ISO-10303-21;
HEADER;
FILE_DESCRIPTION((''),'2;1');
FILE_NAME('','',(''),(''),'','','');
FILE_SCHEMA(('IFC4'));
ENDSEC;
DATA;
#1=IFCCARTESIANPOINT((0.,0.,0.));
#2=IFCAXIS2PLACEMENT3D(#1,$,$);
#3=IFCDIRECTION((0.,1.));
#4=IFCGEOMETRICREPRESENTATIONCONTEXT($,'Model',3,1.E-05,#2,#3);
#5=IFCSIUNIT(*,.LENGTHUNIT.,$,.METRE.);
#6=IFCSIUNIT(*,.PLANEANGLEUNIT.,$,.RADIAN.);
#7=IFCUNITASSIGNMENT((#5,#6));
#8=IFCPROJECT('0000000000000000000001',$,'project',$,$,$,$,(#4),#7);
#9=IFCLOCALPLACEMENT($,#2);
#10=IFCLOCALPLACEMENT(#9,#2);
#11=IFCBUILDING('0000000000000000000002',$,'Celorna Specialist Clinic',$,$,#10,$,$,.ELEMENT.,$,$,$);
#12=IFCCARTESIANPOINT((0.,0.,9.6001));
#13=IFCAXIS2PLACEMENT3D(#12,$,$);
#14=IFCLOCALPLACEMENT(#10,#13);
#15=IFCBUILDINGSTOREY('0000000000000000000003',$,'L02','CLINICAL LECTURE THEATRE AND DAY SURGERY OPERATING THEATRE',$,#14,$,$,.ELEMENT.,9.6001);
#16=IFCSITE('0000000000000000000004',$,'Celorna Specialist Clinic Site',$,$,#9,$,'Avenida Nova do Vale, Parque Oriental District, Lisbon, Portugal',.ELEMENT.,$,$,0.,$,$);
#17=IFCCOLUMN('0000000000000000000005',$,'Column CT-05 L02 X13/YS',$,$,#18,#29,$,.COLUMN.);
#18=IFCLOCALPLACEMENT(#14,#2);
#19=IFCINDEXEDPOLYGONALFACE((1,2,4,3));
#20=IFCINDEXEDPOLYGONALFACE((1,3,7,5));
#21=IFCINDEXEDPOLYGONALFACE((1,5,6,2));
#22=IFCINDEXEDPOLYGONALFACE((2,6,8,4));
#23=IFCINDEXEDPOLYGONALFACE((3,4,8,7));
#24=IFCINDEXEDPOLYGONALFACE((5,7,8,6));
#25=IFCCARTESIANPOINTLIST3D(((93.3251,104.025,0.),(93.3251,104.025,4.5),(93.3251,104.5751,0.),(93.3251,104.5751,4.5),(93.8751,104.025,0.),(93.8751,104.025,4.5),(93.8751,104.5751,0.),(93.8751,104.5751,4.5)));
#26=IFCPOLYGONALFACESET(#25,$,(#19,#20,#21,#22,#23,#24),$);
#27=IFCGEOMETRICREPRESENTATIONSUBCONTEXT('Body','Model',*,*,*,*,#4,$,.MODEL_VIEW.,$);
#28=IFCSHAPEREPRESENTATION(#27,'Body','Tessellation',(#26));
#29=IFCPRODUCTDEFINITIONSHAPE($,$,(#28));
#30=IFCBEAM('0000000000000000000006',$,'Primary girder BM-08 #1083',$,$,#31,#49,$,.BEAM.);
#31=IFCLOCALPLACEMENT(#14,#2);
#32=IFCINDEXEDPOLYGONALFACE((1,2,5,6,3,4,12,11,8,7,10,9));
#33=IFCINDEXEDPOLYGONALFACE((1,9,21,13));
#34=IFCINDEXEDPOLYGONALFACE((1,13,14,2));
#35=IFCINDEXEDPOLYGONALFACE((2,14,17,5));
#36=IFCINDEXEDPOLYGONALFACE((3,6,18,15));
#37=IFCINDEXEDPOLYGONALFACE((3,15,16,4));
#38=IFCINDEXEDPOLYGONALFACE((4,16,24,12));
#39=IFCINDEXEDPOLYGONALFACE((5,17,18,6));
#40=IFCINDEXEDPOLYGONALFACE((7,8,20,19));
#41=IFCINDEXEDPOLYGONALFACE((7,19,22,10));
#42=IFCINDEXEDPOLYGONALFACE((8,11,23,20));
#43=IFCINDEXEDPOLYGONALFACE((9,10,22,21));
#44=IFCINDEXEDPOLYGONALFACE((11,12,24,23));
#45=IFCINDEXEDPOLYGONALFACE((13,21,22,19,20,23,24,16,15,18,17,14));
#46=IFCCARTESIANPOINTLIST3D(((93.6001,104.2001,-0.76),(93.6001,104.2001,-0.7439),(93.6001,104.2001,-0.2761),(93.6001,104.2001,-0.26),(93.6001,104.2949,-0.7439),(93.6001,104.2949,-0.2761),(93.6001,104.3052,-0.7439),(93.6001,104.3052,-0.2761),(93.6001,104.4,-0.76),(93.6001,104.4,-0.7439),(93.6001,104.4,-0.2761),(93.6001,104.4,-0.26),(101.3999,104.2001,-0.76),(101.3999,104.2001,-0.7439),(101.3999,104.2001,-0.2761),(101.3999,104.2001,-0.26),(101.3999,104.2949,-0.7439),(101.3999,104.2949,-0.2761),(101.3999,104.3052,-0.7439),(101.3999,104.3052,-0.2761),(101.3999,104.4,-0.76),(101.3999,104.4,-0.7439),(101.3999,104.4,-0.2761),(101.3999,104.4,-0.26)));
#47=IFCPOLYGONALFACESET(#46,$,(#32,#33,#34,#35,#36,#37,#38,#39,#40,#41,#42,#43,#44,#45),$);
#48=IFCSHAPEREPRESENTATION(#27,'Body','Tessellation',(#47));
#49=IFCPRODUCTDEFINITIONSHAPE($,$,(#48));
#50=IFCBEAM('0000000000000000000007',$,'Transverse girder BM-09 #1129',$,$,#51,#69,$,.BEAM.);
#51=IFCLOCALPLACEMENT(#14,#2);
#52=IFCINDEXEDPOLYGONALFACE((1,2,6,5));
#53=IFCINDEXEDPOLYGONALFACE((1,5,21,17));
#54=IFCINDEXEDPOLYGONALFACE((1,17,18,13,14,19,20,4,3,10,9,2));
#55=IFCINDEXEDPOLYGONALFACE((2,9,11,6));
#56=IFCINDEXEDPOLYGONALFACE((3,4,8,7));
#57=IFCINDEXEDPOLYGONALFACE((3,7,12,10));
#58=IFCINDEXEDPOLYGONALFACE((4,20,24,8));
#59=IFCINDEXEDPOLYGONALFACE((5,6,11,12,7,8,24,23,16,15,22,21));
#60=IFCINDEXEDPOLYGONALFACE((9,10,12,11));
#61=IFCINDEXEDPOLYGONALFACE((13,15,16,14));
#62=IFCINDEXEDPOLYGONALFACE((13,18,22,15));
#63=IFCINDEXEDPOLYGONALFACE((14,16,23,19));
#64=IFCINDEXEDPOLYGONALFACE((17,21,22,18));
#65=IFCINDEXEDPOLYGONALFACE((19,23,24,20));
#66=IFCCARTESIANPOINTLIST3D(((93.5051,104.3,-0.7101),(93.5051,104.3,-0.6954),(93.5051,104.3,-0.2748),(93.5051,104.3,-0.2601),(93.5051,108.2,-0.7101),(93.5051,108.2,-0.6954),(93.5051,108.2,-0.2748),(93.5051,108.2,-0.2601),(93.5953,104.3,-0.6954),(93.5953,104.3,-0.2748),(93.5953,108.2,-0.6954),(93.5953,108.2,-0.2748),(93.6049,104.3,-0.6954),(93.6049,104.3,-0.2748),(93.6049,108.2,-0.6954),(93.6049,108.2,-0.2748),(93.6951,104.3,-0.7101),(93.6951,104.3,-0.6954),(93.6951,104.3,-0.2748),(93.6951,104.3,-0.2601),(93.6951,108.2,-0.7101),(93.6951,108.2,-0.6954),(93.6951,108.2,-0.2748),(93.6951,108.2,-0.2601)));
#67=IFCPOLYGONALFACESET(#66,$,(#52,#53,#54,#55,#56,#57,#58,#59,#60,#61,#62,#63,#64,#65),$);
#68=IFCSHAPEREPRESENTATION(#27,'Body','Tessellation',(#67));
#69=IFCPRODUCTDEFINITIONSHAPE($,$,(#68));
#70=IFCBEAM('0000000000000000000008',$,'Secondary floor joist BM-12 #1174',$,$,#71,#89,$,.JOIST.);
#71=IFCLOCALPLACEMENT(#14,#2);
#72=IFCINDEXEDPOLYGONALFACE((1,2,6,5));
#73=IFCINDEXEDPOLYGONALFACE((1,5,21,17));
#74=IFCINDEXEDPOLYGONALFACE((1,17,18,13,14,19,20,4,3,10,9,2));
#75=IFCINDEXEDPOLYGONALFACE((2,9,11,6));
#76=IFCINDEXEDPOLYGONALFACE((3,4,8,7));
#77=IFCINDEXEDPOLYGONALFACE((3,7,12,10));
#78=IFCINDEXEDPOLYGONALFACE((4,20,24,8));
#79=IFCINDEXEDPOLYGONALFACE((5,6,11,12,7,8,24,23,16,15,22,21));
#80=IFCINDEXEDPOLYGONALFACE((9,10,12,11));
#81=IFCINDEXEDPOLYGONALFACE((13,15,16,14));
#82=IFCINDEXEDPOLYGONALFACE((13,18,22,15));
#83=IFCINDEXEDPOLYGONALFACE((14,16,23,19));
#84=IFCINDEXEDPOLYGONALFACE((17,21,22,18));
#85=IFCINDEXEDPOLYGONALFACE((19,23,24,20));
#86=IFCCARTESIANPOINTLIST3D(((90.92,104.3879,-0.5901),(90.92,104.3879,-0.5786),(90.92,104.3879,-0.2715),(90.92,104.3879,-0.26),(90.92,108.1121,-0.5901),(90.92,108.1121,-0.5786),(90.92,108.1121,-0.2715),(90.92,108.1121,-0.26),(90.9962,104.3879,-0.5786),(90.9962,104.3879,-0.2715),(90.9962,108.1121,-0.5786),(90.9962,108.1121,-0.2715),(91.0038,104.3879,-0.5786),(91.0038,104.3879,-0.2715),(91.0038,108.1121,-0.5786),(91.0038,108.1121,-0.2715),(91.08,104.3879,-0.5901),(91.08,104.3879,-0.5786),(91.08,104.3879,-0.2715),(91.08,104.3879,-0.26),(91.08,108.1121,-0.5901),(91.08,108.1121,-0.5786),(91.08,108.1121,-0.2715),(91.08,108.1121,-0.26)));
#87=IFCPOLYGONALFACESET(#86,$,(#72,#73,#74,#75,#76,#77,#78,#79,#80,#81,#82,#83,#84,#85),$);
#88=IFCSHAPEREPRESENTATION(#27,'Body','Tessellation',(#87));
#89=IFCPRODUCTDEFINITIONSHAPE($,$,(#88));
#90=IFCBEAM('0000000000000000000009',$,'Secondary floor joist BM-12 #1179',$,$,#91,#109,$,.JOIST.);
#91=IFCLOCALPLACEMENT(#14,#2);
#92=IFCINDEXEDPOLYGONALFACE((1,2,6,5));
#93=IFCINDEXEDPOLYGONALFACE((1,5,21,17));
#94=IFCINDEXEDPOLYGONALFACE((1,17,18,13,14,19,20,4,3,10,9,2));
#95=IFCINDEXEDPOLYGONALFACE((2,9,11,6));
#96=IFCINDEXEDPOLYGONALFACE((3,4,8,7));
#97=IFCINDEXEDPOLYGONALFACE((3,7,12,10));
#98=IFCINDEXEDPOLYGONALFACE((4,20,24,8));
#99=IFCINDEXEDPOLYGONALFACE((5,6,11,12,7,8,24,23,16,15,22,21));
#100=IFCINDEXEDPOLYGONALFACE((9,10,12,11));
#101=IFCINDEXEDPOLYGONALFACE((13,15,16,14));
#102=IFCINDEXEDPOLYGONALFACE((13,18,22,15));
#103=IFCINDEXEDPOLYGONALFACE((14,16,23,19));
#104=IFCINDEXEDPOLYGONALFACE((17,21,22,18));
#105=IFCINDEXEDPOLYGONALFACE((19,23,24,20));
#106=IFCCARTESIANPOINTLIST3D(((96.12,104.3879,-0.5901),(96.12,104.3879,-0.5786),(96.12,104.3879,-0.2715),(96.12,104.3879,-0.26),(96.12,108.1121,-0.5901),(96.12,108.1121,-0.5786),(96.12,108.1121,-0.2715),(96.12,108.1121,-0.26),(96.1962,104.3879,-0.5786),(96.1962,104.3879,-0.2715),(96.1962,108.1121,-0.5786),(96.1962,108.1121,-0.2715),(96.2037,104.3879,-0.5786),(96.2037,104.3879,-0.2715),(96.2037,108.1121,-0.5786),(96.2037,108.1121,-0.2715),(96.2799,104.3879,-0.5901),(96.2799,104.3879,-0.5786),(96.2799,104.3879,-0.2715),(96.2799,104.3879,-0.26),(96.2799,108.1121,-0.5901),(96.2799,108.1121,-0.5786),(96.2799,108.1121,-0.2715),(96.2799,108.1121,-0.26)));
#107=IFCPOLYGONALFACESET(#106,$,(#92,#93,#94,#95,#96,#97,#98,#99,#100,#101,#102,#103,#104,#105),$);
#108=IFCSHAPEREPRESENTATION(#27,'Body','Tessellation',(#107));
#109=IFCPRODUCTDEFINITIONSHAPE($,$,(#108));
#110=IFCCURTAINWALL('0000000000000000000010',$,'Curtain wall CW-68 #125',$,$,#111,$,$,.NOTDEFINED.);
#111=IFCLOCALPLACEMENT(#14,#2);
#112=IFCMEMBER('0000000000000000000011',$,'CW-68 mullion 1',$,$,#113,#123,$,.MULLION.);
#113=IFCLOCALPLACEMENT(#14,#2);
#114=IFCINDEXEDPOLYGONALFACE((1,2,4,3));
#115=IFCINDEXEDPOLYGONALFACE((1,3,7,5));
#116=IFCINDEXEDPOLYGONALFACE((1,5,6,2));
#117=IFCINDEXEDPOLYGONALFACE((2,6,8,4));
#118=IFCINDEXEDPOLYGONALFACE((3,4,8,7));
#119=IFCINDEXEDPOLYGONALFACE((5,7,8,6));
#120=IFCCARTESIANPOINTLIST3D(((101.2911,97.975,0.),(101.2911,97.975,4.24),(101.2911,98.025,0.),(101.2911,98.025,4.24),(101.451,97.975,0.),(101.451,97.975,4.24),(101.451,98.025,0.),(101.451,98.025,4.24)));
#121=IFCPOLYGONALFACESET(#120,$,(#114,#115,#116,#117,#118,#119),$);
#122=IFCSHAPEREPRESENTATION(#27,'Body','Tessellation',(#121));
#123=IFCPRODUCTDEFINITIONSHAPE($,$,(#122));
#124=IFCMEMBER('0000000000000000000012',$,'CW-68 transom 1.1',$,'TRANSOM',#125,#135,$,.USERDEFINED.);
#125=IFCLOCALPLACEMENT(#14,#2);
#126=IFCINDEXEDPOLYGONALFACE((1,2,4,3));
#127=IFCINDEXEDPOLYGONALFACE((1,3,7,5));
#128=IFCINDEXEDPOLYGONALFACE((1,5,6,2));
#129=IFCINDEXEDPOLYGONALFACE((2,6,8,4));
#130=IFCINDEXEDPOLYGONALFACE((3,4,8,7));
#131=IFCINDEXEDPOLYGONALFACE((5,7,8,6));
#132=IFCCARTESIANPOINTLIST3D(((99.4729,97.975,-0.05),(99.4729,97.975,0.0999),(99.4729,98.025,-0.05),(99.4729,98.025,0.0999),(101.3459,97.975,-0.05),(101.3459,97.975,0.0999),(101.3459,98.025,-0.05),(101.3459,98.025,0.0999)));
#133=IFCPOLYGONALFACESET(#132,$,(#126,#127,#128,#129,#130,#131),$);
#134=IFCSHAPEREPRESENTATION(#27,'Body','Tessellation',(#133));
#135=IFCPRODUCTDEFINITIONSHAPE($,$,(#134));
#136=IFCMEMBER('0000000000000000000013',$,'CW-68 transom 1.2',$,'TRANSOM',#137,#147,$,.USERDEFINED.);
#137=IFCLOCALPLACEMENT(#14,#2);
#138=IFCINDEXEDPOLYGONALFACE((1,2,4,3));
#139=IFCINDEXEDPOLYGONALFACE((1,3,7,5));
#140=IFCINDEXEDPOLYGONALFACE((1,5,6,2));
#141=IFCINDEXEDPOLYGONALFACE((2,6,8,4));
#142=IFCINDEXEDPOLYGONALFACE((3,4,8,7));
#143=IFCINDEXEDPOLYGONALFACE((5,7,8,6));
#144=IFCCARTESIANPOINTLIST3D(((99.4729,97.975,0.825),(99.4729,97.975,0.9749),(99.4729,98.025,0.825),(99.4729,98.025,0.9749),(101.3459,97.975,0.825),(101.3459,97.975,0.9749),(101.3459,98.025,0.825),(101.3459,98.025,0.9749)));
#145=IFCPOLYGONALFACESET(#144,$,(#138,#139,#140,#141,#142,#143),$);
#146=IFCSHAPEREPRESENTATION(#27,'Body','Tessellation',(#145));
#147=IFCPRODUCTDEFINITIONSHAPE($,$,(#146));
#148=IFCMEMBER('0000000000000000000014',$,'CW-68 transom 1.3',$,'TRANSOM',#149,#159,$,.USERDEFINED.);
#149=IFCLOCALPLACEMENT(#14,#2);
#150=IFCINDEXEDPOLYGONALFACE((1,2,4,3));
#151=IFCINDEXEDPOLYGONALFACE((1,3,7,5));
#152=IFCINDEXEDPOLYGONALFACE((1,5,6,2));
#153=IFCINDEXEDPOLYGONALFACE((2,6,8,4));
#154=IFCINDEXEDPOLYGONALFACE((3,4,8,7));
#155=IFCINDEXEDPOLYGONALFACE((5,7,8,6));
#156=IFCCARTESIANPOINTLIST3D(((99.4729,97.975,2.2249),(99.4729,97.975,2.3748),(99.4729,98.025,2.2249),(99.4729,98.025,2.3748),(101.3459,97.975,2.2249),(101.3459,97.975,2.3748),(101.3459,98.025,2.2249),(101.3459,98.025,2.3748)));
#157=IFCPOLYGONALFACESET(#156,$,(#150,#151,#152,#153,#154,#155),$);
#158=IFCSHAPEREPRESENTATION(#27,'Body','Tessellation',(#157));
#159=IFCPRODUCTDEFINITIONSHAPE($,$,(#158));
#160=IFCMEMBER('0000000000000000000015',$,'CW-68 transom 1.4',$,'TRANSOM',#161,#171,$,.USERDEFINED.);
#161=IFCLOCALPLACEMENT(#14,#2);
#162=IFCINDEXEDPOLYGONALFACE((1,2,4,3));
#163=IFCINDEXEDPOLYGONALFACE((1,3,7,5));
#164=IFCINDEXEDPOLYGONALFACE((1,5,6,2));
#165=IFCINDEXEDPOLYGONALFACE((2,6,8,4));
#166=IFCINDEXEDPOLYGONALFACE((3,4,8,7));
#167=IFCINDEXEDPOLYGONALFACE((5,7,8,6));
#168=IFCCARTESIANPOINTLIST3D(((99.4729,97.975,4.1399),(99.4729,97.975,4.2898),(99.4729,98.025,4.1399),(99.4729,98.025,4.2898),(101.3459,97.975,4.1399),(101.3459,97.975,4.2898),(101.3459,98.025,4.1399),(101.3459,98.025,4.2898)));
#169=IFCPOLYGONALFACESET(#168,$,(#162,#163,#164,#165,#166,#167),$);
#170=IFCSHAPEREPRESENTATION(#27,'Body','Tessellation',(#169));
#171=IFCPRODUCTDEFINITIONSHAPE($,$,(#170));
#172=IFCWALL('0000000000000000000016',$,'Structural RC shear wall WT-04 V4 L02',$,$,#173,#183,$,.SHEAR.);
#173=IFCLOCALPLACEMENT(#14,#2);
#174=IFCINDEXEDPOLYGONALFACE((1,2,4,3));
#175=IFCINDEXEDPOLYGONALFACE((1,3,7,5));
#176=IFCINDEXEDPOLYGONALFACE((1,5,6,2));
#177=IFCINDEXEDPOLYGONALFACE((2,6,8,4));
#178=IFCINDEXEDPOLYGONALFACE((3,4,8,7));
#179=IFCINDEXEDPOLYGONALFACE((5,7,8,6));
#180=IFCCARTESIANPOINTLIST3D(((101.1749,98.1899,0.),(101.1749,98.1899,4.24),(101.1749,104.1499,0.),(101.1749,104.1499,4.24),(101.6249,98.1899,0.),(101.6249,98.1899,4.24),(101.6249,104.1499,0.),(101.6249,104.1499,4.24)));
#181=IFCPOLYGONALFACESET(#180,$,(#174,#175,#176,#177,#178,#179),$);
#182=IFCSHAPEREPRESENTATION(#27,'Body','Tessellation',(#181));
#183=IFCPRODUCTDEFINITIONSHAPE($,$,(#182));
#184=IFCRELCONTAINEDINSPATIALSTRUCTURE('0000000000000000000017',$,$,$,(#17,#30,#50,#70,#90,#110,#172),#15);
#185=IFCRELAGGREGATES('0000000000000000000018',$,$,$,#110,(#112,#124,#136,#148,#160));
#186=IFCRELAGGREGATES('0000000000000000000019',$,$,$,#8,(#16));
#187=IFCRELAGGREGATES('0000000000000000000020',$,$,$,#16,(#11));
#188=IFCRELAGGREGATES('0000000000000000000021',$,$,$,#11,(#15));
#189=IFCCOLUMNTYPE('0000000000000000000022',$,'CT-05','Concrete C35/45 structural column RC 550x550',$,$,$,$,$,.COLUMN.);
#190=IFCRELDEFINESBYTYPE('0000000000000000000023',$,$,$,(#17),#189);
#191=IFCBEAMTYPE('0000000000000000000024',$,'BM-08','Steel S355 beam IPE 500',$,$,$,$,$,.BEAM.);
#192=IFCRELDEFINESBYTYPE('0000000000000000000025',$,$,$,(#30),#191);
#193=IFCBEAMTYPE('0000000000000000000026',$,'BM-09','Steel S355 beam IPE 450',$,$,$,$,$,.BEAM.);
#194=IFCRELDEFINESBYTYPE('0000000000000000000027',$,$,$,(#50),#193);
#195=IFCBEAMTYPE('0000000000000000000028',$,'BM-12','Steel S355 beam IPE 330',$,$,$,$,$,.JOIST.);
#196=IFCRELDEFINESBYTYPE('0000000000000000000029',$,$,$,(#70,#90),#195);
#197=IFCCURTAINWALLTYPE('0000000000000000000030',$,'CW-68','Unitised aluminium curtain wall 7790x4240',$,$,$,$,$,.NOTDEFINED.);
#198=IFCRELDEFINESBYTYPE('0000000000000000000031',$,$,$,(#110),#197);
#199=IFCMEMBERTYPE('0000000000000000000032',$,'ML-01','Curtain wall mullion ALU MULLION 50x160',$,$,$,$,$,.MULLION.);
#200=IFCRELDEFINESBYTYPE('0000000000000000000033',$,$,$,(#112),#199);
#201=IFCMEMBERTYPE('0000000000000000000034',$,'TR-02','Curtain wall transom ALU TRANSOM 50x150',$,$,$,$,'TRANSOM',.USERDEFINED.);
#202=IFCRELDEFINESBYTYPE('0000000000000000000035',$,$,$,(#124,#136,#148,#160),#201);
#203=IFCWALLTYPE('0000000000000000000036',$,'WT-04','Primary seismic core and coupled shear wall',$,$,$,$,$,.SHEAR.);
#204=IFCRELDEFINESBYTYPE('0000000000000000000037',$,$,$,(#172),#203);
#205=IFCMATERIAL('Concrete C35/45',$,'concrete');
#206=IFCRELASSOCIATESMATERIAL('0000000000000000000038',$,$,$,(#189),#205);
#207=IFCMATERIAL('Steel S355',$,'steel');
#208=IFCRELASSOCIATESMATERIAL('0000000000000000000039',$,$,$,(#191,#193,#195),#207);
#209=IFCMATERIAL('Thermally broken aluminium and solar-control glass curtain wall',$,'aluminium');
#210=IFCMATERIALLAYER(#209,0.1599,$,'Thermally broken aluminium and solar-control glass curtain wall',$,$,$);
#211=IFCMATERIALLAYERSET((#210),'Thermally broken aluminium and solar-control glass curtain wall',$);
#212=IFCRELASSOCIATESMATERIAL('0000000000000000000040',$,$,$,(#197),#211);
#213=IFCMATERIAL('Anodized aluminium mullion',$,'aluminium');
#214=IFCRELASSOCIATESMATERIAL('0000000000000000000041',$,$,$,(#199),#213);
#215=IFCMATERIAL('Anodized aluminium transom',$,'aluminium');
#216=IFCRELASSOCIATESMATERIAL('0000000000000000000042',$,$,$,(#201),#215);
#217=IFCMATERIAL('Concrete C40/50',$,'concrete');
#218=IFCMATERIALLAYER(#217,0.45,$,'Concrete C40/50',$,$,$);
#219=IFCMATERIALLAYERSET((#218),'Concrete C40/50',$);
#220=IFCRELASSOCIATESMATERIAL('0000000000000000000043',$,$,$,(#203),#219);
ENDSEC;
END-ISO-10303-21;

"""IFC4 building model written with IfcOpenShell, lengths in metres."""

from ifc_helpers import new_model, si_unit, direction, frame, frame_2d, origin, origin_2d, place, context, subcontext, project, spatial, rectangle, i_section, extrude, material, layer, layer_set, material_profile, profile_set, type_object, element, aggregate, save


model = new_model("IFC4")

# Units and contexts
model_context = context("Model", 3, precision=1e-05, world=origin(), true_north=direction((0.0, 1.0)))
body_context = subcontext(model_context, "Body", "Model", "MODEL_VIEW")
ifc_project = project(units=[si_unit("LENGTHUNIT", "METRE"), si_unit("PLANEANGLEUNIT", "RADIAN")], contexts=[model_context])

# Site, building, storey
site_placement = place(None, origin())
site = spatial("IfcSite", under=ifc_project, at=site_placement, Name="Celorna Specialist Clinic Site", LongName="Avenida Nova do Vale, Parque Oriental District, Lisbon, Portugal", CompositionType="ELEMENT", RefElevation=0.0)
building_placement = place(site_placement, origin())
building = spatial("IfcBuilding", under=site, at=building_placement, Name="Celorna Specialist Clinic", CompositionType="ELEMENT")
storey_placement = place(building_placement, frame((0.0, 0.0, 9.6001)))
storey = spatial("IfcBuildingStorey", under=building, at=storey_placement, Name="L02", Description="CLINICAL LECTURE THEATRE AND DAY SURGERY OPERATING THEATRE", CompositionType="ELEMENT", Elevation=9.6001)

# Column
ifc_material_1 = material(Name="Concrete C35/45", Category="concrete")
ifc_material_profile_1 = material_profile(ifc_material_1, rectangle(XDim=0.55, YDim=0.55, at=origin_2d()), Name="RC 550x550")
ifc_profile_set_1 = profile_set([ifc_material_profile_1], Name="Concrete C35/45")
column_type = type_object("IfcColumnType", Name="CT-05", Description="Concrete C35/45 structural column RC 550x550", PredefinedType="COLUMN", material=ifc_profile_set_1)
column_placement = place(storey_placement, frame((93.6001, 104.3, 0.0), z_axis=(0.0, 0.0, 1.0), x_axis=(1.0, 0.0, 0.0)))
element("IfcColumn", 1, at=column_placement, inside=storey, type_object=column_type, Name="Column CT-05 L02 X13/YS", PredefinedType="COLUMN", context=body_context, shape_type="SweptSolid", body=[
    extrude(rectangle(XDim=0.55, YDim=0.55, at=origin_2d()), origin(), (0.0, 0.0, 1.0), 4.5),
])

# Beams
ifc_material_2 = material(Name="Steel S355", Category="steel")
ifc_material_profile_2 = material_profile(ifc_material_2, i_section(OverallWidth=0.2, OverallDepth=0.5, WebThickness=0.0103, FlangeThickness=0.0161, at=origin_2d()), Name="IPE 500")
ifc_profile_set_2 = profile_set([ifc_material_profile_2], Name="Steel S355")
beam_type_1 = type_object("IfcBeamType", Name="BM-08", Description="Steel S355 beam IPE 500", PredefinedType="BEAM", material=ifc_profile_set_2)
beam_1_placement = place(storey_placement, frame((93.6001, 104.3, -0.51), z_axis=(1.0, 0.0, 0.0), x_axis=(0.0, 1.0, 0.0)))
element("IfcBeam", 2, at=beam_1_placement, inside=storey, type_object=beam_type_1, Name="Primary girder BM-08 #1083", PredefinedType="BEAM", context=body_context, shape_type="SweptSolid", body=[
    extrude(i_section(OverallWidth=0.2, OverallDepth=0.5, WebThickness=0.0103, FlangeThickness=0.0161, at=origin_2d()), origin(), (0.0, 0.0, 1.0), 7.7998),
])
ifc_material_profile_3 = material_profile(ifc_material_2, i_section(OverallWidth=0.1899, OverallDepth=0.45, WebThickness=0.0095, FlangeThickness=0.0146, at=origin_2d()), Name="IPE 450")
ifc_profile_set_3 = profile_set([ifc_material_profile_3], Name="Steel S355")
beam_type_2 = type_object("IfcBeamType", Name="BM-09", Description="Steel S355 beam IPE 450", PredefinedType="BEAM", material=ifc_profile_set_3)
beam_2_placement = place(storey_placement, frame((93.6001, 104.3, -0.4851), z_axis=(0.0, 1.0, 0.0), x_axis=(-1.0, 0.0, 0.0)))
element("IfcBeam", 3, at=beam_2_placement, inside=storey, type_object=beam_type_2, Name="Transverse girder BM-09 #1129", PredefinedType="BEAM", context=body_context, shape_type="SweptSolid", body=[
    extrude(i_section(OverallWidth=0.1899, OverallDepth=0.45, WebThickness=0.0095, FlangeThickness=0.0146, at=origin_2d()), origin(), (0.0, 0.0, 1.0), 3.8999),
])
ifc_material_profile_4 = material_profile(ifc_material_2, i_section(OverallWidth=0.1599, OverallDepth=0.3301, WebThickness=0.0076, FlangeThickness=0.0115, at=origin_2d()), Name="IPE 330")
ifc_profile_set_4 = profile_set([ifc_material_profile_4], Name="Steel S355")
beam_type_3 = type_object("IfcBeamType", Name="BM-12", Description="Steel S355 beam IPE 330", PredefinedType="JOIST", material=ifc_profile_set_4)
for number, where, z_axis, x_axis, name in (
    (4, (91.0, 104.3879, -0.425), (0.0, 1.0, 0.0), (-1.0, 0.0, 0.0), "Secondary floor joist BM-12 #1174"),
    (5, (96.2, 104.3879, -0.425), (0.0, 1.0, 0.0), (-1.0, 0.0, 0.0), "Secondary floor joist BM-12 #1179"),
):
    element("IfcBeam", number, at=place(storey_placement, frame(where, z_axis=z_axis, x_axis=x_axis)), inside=storey, type_object=beam_type_3, Name=name, PredefinedType="JOIST", context=body_context, shape_type="SweptSolid", body=[
        extrude(i_section(OverallWidth=0.1599, OverallDepth=0.3301, WebThickness=0.0076, FlangeThickness=0.0115, at=origin_2d()), origin(), (0.0, 0.0, 1.0), 3.7241),
    ])

# Curtain wall, members
ifc_material_3 = material(Name="Thermally broken aluminium and solar-control glass curtain wall", Category="aluminium")
ifc_layer_1 = layer(ifc_material_3, 0.1599, Name="Thermally broken aluminium and solar-control glass curtain wall")
ifc_layer_set_1 = layer_set([ifc_layer_1], Name="Thermally broken aluminium and solar-control glass curtain wall")
curtain_wall_type = type_object("IfcCurtainWallType", Name="CW-68", Description="Unitised aluminium curtain wall 7790x4240", PredefinedType="NOTDEFINED", material=ifc_layer_set_1)
curtain_wall_placement = place(storey_placement, origin())
curtain_wall = element("IfcCurtainWall", 6, at=curtain_wall_placement, inside=storey, type_object=curtain_wall_type, Name="Curtain wall CW-68 #125", PredefinedType="NOTDEFINED")
ifc_material_4 = material(Name="Anodized aluminium mullion", Category="aluminium")
ifc_material_profile_5 = material_profile(ifc_material_4, rectangle(XDim=0.05, YDim=0.1599, at=origin_2d()), Name="ALU MULLION 50x160")
ifc_profile_set_5 = profile_set([ifc_material_profile_5], Name="Anodized aluminium mullion")
member_type_1 = type_object("IfcMemberType", Name="ML-01", Description="Curtain wall mullion ALU MULLION 50x160", PredefinedType="MULLION", material=ifc_profile_set_5)
member_1_placement = place(storey_placement, frame((101.3711, 98.0, 0.0), z_axis=(0.0, 0.0, 1.0), x_axis=(0.0, -1.0, 0.0)))
member_1 = element("IfcMember", 7, at=member_1_placement, type_object=member_type_1, Name="CW-68 mullion 1", PredefinedType="MULLION", context=body_context, shape_type="SweptSolid", body=[
    extrude(rectangle(XDim=0.05, YDim=0.1599, at=origin_2d()), origin(), (0.0, 0.0, 1.0), 4.24),
])
ifc_material_5 = material(Name="Anodized aluminium transom", Category="aluminium")
ifc_material_profile_6 = material_profile(ifc_material_5, rectangle(XDim=0.05, YDim=0.1499, at=origin_2d()), Name="ALU TRANSOM 50x150")
ifc_profile_set_6 = profile_set([ifc_material_profile_6], Name="Anodized aluminium transom")
member_type_2 = type_object("IfcMemberType", Name="TR-02", Description="Curtain wall transom ALU TRANSOM 50x150", ElementType="TRANSOM", PredefinedType="USERDEFINED", material=ifc_profile_set_6)
member_2_placement = place(storey_placement, frame((101.3459, 98.0, 0.0249), z_axis=(-1.0, 0.0, 0.0), x_axis=(0.0, -1.0, 0.0)))
member_2 = element("IfcMember", 8, at=member_2_placement, type_object=member_type_2, Name="CW-68 transom 1.1", ObjectType="TRANSOM", PredefinedType="USERDEFINED", context=body_context, shape_type="SweptSolid", body=[
    extrude(rectangle(XDim=0.05, YDim=0.1499, at=origin_2d()), origin(), (0.0, 0.0, 1.0), 1.873),
])
member_3_placement = place(storey_placement, frame((101.3459, 98.0, 0.8999), z_axis=(-1.0, 0.0, 0.0), x_axis=(0.0, -1.0, 0.0)))
member_3 = element("IfcMember", 9, at=member_3_placement, type_object=member_type_2, Name="CW-68 transom 1.2", ObjectType="TRANSOM", PredefinedType="USERDEFINED", context=body_context, shape_type="SweptSolid", body=[
    extrude(rectangle(XDim=0.05, YDim=0.1499, at=origin_2d()), origin(), (0.0, 0.0, 1.0), 1.873),
])
member_4_placement = place(storey_placement, frame((101.3459, 98.0, 2.2998), z_axis=(-1.0, 0.0, 0.0), x_axis=(0.0, -1.0, 0.0)))
member_4 = element("IfcMember", 10, at=member_4_placement, type_object=member_type_2, Name="CW-68 transom 1.3", ObjectType="TRANSOM", PredefinedType="USERDEFINED", context=body_context, shape_type="SweptSolid", body=[
    extrude(rectangle(XDim=0.05, YDim=0.1499, at=origin_2d()), origin(), (0.0, 0.0, 1.0), 1.873),
])
member_5_placement = place(storey_placement, frame((101.3459, 98.0, 4.2148), z_axis=(-1.0, 0.0, 0.0), x_axis=(0.0, -1.0, 0.0)))
member_5 = element("IfcMember", 11, at=member_5_placement, type_object=member_type_2, Name="CW-68 transom 1.4", ObjectType="TRANSOM", PredefinedType="USERDEFINED", context=body_context, shape_type="SweptSolid", body=[
    extrude(rectangle(XDim=0.05, YDim=0.1499, at=origin_2d()), origin(), (0.0, 0.0, 1.0), 1.873),
])
aggregate(curtain_wall, [member_1, member_2, member_3, member_4, member_5])

# Wall
ifc_material_6 = material(Name="Concrete C40/50", Category="concrete")
ifc_layer_2 = layer(ifc_material_6, 0.45, Name="Concrete C40/50")
ifc_layer_set_2 = layer_set([ifc_layer_2], Name="Concrete C40/50")
wall_type_1 = type_object("IfcWallType", Name="WT-04", Description="Primary seismic core and coupled shear wall", PredefinedType="SHEAR", material=ifc_layer_set_2)
wall_1_placement = place(storey_placement, frame((101.3999, 98.1899, 0.0), z_axis=(0.0, 0.0, 1.0), x_axis=(0.0, 1.0, 0.0)))
element("IfcWall", 12, at=wall_1_placement, inside=storey, type_object=wall_type_1, Name="Structural RC shear wall WT-04 V4 L02", PredefinedType="SHEAR", context=body_context, shape_type="SweptSolid", body=[
    extrude(rectangle(XDim=5.96, YDim=0.45, at=frame_2d((2.98, 0.0))), origin(), (0.0, 0.0, 1.0), 4.24),
])

save(model, "model.ifc")
